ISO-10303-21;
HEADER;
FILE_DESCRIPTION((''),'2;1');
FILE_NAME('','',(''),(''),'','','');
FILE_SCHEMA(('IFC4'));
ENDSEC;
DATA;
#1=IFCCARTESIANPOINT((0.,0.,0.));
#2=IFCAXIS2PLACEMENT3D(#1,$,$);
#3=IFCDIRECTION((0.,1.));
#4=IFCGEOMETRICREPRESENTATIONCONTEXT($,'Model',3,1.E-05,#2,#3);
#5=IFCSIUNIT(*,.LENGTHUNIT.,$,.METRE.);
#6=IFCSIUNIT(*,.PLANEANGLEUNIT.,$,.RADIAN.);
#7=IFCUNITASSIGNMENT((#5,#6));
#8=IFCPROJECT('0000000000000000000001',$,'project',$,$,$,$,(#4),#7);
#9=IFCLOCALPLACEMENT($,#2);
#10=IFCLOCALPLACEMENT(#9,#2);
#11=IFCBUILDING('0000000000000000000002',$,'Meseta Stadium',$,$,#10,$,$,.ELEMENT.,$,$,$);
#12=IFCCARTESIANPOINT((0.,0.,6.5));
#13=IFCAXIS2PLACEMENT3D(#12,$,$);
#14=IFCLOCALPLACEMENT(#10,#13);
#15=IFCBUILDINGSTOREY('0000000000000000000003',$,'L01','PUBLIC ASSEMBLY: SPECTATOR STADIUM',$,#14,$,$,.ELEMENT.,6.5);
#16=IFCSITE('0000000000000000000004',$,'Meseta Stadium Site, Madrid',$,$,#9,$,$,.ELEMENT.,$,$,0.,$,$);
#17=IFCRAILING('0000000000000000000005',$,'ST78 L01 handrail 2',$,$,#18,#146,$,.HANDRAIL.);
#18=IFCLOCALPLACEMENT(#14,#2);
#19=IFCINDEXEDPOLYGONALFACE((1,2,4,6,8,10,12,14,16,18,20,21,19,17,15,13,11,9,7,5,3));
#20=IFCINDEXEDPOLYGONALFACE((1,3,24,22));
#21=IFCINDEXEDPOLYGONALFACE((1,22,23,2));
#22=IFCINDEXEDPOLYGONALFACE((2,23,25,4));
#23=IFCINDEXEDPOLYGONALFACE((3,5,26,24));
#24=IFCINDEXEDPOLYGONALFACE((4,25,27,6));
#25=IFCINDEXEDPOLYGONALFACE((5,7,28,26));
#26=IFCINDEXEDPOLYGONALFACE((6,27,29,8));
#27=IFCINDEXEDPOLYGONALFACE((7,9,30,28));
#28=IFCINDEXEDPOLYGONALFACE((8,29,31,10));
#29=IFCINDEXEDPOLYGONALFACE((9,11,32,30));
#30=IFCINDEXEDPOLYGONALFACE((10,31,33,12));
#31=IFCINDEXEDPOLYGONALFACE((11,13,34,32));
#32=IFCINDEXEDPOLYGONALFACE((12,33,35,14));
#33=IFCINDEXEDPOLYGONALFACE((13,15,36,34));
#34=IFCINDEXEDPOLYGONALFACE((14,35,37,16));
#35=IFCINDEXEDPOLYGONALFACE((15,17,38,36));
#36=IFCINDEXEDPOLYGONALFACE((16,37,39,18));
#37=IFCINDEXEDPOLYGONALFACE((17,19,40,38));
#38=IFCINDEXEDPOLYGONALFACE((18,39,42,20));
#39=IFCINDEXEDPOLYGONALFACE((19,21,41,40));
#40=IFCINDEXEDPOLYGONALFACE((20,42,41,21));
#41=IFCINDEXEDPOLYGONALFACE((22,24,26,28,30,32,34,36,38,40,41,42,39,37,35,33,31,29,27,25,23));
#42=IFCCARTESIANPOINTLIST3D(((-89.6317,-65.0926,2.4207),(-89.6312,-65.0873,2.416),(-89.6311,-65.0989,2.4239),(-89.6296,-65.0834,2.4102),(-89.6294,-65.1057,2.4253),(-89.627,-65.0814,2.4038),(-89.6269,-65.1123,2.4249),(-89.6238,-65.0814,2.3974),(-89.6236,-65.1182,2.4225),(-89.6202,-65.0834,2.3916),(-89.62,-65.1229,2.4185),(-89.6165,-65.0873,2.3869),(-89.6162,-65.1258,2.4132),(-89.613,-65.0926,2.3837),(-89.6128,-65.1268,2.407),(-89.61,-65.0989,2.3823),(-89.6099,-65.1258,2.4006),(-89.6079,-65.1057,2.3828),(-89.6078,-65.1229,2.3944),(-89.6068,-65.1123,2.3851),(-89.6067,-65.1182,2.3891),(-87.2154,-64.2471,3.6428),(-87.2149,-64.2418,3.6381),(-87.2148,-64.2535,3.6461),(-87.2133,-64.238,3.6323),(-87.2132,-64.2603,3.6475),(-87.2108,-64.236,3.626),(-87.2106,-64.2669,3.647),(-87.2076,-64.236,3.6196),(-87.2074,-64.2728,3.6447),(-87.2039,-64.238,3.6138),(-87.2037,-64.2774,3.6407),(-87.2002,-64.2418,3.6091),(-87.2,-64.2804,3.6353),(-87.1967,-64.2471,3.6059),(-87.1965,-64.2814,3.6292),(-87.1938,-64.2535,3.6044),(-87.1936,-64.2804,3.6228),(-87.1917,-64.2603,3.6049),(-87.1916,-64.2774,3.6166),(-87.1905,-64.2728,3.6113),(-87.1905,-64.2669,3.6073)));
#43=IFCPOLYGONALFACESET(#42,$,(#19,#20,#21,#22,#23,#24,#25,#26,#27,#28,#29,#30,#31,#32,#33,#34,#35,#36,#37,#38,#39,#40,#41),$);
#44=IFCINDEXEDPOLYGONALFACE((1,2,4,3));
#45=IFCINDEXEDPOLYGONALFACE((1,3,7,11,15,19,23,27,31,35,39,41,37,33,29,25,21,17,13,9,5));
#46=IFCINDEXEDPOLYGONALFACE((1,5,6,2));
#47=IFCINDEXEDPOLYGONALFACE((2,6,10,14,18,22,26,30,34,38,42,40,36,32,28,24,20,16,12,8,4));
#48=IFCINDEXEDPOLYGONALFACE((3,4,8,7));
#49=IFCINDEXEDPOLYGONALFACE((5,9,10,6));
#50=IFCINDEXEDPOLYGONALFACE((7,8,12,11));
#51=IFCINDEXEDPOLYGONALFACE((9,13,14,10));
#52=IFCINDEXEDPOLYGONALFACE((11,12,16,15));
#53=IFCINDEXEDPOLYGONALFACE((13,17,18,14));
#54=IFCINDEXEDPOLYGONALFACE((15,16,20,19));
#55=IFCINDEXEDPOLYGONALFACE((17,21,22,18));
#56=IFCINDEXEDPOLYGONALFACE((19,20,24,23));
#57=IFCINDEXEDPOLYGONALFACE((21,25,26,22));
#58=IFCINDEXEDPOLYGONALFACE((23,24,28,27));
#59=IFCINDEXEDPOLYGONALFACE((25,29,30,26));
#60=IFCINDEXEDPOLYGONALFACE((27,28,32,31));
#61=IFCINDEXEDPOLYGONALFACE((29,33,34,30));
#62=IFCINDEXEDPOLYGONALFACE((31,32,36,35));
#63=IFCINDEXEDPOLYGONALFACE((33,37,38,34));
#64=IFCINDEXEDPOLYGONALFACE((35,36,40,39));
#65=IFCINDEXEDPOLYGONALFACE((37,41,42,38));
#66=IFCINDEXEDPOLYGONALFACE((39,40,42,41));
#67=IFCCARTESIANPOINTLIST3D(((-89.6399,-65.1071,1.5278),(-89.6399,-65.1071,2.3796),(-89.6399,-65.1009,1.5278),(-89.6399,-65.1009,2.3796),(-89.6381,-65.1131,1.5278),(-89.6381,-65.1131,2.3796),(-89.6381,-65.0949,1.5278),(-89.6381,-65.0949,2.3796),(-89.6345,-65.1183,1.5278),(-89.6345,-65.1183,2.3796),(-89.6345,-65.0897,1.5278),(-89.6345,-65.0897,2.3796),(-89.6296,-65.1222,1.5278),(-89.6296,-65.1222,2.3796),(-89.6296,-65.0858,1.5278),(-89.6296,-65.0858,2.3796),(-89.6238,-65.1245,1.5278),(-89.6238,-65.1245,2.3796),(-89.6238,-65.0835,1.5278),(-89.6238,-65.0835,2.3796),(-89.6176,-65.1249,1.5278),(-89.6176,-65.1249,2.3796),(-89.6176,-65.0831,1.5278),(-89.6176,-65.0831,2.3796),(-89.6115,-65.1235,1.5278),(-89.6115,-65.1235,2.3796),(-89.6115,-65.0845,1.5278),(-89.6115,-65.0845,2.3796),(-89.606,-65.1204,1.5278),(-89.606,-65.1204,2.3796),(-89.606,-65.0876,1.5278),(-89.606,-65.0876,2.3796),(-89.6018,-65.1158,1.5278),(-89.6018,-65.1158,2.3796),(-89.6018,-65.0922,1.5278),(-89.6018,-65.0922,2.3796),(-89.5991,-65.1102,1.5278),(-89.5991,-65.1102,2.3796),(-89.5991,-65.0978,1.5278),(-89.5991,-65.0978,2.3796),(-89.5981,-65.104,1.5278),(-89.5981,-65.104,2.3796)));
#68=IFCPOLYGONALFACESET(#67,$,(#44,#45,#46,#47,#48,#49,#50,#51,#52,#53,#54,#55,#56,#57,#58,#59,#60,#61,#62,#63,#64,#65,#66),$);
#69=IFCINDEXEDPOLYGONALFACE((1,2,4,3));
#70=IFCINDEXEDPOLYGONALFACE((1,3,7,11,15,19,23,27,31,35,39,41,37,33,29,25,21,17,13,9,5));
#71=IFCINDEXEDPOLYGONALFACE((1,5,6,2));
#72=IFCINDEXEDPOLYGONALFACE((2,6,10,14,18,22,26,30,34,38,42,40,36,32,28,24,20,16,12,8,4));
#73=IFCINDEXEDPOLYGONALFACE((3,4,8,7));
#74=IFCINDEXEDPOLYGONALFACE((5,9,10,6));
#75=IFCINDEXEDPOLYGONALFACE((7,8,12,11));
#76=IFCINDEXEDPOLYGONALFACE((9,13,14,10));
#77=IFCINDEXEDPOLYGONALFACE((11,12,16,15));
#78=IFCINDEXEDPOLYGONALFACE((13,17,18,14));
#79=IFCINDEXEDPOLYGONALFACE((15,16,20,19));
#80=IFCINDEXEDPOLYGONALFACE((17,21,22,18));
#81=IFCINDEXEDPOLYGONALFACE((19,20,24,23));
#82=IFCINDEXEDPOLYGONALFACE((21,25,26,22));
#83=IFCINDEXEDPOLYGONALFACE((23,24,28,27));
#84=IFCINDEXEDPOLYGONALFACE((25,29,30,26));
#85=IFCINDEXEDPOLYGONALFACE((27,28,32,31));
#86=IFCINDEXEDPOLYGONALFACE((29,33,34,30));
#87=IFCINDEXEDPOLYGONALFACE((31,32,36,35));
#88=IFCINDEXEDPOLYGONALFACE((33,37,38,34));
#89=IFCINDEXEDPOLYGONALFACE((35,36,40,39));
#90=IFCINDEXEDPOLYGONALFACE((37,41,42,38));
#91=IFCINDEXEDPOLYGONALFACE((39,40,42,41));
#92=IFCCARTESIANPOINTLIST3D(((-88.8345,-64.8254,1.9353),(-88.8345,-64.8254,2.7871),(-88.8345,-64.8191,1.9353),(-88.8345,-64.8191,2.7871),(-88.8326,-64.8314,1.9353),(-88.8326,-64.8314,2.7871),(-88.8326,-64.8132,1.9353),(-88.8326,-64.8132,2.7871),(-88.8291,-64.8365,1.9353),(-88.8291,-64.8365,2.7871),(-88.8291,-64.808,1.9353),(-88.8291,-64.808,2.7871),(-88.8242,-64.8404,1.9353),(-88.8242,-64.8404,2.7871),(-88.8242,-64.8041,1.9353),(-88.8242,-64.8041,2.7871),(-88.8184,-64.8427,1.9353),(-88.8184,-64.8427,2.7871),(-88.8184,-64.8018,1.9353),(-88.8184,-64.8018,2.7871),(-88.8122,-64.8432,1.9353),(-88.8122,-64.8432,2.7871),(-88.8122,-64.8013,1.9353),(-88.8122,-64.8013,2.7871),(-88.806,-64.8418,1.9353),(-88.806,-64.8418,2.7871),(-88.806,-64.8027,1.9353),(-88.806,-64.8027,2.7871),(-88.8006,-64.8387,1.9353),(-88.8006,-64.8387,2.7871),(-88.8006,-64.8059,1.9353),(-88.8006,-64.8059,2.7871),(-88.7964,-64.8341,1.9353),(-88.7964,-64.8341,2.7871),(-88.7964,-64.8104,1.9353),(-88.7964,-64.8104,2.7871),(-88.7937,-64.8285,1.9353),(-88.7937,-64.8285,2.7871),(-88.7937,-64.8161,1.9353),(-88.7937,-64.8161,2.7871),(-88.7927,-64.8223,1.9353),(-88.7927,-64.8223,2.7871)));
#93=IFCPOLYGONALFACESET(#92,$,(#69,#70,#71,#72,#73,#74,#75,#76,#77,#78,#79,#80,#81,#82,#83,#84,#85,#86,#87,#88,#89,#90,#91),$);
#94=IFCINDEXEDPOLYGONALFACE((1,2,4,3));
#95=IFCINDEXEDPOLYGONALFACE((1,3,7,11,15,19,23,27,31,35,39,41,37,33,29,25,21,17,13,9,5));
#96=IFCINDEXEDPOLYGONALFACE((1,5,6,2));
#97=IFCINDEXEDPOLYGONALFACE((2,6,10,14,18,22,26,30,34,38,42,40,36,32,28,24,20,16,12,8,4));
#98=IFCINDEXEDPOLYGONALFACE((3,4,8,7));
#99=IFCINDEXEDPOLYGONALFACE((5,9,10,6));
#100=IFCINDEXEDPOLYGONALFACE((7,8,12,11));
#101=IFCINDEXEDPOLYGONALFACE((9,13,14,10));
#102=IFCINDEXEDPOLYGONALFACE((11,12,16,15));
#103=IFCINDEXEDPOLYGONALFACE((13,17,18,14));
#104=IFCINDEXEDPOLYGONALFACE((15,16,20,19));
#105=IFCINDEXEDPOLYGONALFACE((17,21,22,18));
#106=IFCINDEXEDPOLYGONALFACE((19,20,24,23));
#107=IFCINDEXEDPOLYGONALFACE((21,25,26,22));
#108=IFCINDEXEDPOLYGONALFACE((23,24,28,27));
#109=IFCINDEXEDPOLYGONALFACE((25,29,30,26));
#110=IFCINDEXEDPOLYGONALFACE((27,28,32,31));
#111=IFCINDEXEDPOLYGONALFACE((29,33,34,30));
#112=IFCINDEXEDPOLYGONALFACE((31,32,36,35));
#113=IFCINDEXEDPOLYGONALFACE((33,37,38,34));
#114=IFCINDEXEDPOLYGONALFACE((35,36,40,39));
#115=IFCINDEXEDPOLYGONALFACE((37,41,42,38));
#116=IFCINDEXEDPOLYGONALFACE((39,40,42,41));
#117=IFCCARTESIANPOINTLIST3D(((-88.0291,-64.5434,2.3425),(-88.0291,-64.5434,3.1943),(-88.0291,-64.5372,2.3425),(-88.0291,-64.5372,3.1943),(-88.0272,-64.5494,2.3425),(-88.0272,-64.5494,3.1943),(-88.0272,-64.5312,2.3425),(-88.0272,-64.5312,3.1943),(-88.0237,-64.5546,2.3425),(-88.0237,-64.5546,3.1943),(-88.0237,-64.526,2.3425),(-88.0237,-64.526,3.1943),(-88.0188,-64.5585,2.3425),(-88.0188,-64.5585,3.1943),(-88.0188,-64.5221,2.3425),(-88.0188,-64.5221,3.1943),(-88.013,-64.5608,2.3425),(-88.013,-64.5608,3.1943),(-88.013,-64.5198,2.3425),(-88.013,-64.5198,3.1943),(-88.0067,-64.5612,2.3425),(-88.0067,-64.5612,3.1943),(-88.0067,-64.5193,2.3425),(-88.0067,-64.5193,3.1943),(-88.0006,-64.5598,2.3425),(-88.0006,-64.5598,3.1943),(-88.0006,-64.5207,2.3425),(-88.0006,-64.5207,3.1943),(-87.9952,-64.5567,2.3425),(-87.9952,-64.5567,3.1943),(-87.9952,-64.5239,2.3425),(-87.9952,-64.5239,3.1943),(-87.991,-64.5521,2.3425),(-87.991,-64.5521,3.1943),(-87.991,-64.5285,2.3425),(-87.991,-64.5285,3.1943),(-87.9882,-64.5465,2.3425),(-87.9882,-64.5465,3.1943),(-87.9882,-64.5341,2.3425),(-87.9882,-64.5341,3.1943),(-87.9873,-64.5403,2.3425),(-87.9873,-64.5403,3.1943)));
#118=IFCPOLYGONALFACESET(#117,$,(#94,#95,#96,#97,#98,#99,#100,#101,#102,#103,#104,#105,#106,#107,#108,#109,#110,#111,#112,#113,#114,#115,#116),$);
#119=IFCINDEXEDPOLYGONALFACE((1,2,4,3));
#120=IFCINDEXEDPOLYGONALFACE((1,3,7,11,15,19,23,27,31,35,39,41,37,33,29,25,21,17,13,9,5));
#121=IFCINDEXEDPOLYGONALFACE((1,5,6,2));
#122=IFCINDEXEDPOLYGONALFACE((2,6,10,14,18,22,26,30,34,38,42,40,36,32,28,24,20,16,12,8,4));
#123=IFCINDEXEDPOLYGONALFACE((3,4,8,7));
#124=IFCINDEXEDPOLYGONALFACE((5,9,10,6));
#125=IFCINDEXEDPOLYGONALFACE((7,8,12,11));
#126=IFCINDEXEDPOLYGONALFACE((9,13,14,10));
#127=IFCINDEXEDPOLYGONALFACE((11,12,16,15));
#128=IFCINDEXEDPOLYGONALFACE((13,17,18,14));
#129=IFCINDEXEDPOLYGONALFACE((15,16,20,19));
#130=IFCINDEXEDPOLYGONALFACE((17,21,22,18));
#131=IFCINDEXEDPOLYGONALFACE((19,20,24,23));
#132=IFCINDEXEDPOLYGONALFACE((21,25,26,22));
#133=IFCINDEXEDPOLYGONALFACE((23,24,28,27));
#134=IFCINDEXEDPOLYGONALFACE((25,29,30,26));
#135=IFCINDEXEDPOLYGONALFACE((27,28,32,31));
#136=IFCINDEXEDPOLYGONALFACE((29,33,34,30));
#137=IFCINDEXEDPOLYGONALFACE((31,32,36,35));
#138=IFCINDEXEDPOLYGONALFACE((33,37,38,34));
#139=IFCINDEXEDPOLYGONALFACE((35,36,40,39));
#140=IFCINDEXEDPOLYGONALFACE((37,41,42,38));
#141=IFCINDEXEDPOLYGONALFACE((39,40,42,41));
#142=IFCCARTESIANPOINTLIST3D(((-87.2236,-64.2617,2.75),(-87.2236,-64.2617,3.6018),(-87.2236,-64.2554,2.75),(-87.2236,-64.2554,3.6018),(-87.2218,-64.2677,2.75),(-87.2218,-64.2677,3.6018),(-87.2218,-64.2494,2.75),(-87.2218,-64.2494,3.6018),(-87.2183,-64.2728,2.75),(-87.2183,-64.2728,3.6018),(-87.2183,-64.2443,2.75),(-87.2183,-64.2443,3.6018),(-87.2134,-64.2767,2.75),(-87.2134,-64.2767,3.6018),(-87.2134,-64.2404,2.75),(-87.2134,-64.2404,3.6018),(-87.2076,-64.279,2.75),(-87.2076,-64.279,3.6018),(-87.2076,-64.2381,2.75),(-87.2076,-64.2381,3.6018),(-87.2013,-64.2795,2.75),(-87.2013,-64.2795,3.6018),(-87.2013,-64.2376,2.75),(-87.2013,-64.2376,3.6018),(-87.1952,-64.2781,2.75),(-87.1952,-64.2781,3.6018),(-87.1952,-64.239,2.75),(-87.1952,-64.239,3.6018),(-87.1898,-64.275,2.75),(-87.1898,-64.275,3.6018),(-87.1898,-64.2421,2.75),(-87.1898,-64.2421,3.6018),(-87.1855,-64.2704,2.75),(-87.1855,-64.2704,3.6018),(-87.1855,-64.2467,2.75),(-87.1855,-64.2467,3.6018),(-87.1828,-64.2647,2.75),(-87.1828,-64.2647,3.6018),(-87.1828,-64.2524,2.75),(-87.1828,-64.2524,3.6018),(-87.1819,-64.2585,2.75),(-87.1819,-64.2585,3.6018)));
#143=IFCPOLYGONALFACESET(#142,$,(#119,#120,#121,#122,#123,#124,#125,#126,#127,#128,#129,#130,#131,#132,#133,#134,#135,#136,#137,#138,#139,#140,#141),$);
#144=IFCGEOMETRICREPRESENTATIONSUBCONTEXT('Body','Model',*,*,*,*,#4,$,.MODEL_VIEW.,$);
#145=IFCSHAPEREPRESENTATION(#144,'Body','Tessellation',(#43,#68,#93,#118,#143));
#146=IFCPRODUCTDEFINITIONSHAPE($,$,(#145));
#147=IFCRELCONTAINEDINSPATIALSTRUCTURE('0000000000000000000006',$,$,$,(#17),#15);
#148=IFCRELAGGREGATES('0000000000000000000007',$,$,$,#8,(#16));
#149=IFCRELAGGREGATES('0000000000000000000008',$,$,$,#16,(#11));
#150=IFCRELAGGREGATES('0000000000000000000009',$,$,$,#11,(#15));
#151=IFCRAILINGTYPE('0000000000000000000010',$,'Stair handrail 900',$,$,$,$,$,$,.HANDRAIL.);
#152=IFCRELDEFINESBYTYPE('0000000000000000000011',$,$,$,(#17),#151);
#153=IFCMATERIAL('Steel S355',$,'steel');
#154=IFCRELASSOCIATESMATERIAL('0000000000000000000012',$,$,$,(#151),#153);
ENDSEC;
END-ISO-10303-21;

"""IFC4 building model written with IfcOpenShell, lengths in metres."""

from ifc_helpers import new_model, si_unit, direction, frame, origin, origin_2d, place, context, subcontext, project, spatial, circle, extrude, material, type_object, element, save


model = new_model("IFC4")

# Units and contexts
model_context = context("Model", 3, precision=1e-05, world=origin(), true_north=direction((0.0, 1.0)))
body_context = subcontext(model_context, "Body", "Model", "MODEL_VIEW")
ifc_project = project(units=[si_unit("LENGTHUNIT", "METRE"), si_unit("PLANEANGLEUNIT", "RADIAN")], contexts=[model_context])

# Site, building, storey
site_placement = place(None, origin())
site = spatial("IfcSite", under=ifc_project, at=site_placement, Name="Meseta Stadium Site, Madrid", CompositionType="ELEMENT", RefElevation=0.0)
building_placement = place(site_placement, origin())
building = spatial("IfcBuilding", under=site, at=building_placement, Name="Meseta Stadium", CompositionType="ELEMENT")
storey_placement = place(building_placement, frame((0.0, 0.0, 6.5)))
storey = spatial("IfcBuildingStorey", under=building, at=storey_placement, Name="L01", Description="PUBLIC ASSEMBLY: SPECTATOR STADIUM", CompositionType="ELEMENT", Elevation=6.5)

# Railing
ifc_material_1 = material(Name="Steel S355", Category="steel")
railing_type_1 = type_object("IfcRailingType", Name="Stair handrail 900", PredefinedType="HANDRAIL", material=ifc_material_1)
railing_1_placement = place(storey_placement, frame((-89.6191, -65.104, 1.5278)))
element("IfcRailing", 1, at=railing_1_placement, inside=storey, type_object=railing_type_1, Name="ST78 L01 handrail 2", PredefinedType="HANDRAIL", context=body_context, shape_type="SweptSolid", body=[
    extrude(circle(Radius=0.0239, at=origin_2d()), frame((0.0, 0.0, 0.876), z_axis=(0.851789, 0.298044, 0.430843), x_axis=(-0.33027, 0.943887, 0.0)), (0.0, 0.0, 1.0), 2.8367),
    extrude(circle(Radius=0.021, at=origin_2d()), origin(), (0.0, 0.0, 1.0), 0.8518),
    extrude(circle(Radius=0.021, at=origin_2d()), frame((0.8054, 0.2817, 0.4075)), (0.0, 0.0, 1.0), 0.8518),
    extrude(circle(Radius=0.021, at=origin_2d()), frame((1.6108, 0.5637, 0.8147)), (0.0, 0.0, 1.0), 0.8518),
    extrude(circle(Radius=0.021, at=origin_2d()), frame((2.4163, 0.8455, 1.2222)), (0.0, 0.0, 1.0), 0.8518),
])

save(model, "model.ifc")
